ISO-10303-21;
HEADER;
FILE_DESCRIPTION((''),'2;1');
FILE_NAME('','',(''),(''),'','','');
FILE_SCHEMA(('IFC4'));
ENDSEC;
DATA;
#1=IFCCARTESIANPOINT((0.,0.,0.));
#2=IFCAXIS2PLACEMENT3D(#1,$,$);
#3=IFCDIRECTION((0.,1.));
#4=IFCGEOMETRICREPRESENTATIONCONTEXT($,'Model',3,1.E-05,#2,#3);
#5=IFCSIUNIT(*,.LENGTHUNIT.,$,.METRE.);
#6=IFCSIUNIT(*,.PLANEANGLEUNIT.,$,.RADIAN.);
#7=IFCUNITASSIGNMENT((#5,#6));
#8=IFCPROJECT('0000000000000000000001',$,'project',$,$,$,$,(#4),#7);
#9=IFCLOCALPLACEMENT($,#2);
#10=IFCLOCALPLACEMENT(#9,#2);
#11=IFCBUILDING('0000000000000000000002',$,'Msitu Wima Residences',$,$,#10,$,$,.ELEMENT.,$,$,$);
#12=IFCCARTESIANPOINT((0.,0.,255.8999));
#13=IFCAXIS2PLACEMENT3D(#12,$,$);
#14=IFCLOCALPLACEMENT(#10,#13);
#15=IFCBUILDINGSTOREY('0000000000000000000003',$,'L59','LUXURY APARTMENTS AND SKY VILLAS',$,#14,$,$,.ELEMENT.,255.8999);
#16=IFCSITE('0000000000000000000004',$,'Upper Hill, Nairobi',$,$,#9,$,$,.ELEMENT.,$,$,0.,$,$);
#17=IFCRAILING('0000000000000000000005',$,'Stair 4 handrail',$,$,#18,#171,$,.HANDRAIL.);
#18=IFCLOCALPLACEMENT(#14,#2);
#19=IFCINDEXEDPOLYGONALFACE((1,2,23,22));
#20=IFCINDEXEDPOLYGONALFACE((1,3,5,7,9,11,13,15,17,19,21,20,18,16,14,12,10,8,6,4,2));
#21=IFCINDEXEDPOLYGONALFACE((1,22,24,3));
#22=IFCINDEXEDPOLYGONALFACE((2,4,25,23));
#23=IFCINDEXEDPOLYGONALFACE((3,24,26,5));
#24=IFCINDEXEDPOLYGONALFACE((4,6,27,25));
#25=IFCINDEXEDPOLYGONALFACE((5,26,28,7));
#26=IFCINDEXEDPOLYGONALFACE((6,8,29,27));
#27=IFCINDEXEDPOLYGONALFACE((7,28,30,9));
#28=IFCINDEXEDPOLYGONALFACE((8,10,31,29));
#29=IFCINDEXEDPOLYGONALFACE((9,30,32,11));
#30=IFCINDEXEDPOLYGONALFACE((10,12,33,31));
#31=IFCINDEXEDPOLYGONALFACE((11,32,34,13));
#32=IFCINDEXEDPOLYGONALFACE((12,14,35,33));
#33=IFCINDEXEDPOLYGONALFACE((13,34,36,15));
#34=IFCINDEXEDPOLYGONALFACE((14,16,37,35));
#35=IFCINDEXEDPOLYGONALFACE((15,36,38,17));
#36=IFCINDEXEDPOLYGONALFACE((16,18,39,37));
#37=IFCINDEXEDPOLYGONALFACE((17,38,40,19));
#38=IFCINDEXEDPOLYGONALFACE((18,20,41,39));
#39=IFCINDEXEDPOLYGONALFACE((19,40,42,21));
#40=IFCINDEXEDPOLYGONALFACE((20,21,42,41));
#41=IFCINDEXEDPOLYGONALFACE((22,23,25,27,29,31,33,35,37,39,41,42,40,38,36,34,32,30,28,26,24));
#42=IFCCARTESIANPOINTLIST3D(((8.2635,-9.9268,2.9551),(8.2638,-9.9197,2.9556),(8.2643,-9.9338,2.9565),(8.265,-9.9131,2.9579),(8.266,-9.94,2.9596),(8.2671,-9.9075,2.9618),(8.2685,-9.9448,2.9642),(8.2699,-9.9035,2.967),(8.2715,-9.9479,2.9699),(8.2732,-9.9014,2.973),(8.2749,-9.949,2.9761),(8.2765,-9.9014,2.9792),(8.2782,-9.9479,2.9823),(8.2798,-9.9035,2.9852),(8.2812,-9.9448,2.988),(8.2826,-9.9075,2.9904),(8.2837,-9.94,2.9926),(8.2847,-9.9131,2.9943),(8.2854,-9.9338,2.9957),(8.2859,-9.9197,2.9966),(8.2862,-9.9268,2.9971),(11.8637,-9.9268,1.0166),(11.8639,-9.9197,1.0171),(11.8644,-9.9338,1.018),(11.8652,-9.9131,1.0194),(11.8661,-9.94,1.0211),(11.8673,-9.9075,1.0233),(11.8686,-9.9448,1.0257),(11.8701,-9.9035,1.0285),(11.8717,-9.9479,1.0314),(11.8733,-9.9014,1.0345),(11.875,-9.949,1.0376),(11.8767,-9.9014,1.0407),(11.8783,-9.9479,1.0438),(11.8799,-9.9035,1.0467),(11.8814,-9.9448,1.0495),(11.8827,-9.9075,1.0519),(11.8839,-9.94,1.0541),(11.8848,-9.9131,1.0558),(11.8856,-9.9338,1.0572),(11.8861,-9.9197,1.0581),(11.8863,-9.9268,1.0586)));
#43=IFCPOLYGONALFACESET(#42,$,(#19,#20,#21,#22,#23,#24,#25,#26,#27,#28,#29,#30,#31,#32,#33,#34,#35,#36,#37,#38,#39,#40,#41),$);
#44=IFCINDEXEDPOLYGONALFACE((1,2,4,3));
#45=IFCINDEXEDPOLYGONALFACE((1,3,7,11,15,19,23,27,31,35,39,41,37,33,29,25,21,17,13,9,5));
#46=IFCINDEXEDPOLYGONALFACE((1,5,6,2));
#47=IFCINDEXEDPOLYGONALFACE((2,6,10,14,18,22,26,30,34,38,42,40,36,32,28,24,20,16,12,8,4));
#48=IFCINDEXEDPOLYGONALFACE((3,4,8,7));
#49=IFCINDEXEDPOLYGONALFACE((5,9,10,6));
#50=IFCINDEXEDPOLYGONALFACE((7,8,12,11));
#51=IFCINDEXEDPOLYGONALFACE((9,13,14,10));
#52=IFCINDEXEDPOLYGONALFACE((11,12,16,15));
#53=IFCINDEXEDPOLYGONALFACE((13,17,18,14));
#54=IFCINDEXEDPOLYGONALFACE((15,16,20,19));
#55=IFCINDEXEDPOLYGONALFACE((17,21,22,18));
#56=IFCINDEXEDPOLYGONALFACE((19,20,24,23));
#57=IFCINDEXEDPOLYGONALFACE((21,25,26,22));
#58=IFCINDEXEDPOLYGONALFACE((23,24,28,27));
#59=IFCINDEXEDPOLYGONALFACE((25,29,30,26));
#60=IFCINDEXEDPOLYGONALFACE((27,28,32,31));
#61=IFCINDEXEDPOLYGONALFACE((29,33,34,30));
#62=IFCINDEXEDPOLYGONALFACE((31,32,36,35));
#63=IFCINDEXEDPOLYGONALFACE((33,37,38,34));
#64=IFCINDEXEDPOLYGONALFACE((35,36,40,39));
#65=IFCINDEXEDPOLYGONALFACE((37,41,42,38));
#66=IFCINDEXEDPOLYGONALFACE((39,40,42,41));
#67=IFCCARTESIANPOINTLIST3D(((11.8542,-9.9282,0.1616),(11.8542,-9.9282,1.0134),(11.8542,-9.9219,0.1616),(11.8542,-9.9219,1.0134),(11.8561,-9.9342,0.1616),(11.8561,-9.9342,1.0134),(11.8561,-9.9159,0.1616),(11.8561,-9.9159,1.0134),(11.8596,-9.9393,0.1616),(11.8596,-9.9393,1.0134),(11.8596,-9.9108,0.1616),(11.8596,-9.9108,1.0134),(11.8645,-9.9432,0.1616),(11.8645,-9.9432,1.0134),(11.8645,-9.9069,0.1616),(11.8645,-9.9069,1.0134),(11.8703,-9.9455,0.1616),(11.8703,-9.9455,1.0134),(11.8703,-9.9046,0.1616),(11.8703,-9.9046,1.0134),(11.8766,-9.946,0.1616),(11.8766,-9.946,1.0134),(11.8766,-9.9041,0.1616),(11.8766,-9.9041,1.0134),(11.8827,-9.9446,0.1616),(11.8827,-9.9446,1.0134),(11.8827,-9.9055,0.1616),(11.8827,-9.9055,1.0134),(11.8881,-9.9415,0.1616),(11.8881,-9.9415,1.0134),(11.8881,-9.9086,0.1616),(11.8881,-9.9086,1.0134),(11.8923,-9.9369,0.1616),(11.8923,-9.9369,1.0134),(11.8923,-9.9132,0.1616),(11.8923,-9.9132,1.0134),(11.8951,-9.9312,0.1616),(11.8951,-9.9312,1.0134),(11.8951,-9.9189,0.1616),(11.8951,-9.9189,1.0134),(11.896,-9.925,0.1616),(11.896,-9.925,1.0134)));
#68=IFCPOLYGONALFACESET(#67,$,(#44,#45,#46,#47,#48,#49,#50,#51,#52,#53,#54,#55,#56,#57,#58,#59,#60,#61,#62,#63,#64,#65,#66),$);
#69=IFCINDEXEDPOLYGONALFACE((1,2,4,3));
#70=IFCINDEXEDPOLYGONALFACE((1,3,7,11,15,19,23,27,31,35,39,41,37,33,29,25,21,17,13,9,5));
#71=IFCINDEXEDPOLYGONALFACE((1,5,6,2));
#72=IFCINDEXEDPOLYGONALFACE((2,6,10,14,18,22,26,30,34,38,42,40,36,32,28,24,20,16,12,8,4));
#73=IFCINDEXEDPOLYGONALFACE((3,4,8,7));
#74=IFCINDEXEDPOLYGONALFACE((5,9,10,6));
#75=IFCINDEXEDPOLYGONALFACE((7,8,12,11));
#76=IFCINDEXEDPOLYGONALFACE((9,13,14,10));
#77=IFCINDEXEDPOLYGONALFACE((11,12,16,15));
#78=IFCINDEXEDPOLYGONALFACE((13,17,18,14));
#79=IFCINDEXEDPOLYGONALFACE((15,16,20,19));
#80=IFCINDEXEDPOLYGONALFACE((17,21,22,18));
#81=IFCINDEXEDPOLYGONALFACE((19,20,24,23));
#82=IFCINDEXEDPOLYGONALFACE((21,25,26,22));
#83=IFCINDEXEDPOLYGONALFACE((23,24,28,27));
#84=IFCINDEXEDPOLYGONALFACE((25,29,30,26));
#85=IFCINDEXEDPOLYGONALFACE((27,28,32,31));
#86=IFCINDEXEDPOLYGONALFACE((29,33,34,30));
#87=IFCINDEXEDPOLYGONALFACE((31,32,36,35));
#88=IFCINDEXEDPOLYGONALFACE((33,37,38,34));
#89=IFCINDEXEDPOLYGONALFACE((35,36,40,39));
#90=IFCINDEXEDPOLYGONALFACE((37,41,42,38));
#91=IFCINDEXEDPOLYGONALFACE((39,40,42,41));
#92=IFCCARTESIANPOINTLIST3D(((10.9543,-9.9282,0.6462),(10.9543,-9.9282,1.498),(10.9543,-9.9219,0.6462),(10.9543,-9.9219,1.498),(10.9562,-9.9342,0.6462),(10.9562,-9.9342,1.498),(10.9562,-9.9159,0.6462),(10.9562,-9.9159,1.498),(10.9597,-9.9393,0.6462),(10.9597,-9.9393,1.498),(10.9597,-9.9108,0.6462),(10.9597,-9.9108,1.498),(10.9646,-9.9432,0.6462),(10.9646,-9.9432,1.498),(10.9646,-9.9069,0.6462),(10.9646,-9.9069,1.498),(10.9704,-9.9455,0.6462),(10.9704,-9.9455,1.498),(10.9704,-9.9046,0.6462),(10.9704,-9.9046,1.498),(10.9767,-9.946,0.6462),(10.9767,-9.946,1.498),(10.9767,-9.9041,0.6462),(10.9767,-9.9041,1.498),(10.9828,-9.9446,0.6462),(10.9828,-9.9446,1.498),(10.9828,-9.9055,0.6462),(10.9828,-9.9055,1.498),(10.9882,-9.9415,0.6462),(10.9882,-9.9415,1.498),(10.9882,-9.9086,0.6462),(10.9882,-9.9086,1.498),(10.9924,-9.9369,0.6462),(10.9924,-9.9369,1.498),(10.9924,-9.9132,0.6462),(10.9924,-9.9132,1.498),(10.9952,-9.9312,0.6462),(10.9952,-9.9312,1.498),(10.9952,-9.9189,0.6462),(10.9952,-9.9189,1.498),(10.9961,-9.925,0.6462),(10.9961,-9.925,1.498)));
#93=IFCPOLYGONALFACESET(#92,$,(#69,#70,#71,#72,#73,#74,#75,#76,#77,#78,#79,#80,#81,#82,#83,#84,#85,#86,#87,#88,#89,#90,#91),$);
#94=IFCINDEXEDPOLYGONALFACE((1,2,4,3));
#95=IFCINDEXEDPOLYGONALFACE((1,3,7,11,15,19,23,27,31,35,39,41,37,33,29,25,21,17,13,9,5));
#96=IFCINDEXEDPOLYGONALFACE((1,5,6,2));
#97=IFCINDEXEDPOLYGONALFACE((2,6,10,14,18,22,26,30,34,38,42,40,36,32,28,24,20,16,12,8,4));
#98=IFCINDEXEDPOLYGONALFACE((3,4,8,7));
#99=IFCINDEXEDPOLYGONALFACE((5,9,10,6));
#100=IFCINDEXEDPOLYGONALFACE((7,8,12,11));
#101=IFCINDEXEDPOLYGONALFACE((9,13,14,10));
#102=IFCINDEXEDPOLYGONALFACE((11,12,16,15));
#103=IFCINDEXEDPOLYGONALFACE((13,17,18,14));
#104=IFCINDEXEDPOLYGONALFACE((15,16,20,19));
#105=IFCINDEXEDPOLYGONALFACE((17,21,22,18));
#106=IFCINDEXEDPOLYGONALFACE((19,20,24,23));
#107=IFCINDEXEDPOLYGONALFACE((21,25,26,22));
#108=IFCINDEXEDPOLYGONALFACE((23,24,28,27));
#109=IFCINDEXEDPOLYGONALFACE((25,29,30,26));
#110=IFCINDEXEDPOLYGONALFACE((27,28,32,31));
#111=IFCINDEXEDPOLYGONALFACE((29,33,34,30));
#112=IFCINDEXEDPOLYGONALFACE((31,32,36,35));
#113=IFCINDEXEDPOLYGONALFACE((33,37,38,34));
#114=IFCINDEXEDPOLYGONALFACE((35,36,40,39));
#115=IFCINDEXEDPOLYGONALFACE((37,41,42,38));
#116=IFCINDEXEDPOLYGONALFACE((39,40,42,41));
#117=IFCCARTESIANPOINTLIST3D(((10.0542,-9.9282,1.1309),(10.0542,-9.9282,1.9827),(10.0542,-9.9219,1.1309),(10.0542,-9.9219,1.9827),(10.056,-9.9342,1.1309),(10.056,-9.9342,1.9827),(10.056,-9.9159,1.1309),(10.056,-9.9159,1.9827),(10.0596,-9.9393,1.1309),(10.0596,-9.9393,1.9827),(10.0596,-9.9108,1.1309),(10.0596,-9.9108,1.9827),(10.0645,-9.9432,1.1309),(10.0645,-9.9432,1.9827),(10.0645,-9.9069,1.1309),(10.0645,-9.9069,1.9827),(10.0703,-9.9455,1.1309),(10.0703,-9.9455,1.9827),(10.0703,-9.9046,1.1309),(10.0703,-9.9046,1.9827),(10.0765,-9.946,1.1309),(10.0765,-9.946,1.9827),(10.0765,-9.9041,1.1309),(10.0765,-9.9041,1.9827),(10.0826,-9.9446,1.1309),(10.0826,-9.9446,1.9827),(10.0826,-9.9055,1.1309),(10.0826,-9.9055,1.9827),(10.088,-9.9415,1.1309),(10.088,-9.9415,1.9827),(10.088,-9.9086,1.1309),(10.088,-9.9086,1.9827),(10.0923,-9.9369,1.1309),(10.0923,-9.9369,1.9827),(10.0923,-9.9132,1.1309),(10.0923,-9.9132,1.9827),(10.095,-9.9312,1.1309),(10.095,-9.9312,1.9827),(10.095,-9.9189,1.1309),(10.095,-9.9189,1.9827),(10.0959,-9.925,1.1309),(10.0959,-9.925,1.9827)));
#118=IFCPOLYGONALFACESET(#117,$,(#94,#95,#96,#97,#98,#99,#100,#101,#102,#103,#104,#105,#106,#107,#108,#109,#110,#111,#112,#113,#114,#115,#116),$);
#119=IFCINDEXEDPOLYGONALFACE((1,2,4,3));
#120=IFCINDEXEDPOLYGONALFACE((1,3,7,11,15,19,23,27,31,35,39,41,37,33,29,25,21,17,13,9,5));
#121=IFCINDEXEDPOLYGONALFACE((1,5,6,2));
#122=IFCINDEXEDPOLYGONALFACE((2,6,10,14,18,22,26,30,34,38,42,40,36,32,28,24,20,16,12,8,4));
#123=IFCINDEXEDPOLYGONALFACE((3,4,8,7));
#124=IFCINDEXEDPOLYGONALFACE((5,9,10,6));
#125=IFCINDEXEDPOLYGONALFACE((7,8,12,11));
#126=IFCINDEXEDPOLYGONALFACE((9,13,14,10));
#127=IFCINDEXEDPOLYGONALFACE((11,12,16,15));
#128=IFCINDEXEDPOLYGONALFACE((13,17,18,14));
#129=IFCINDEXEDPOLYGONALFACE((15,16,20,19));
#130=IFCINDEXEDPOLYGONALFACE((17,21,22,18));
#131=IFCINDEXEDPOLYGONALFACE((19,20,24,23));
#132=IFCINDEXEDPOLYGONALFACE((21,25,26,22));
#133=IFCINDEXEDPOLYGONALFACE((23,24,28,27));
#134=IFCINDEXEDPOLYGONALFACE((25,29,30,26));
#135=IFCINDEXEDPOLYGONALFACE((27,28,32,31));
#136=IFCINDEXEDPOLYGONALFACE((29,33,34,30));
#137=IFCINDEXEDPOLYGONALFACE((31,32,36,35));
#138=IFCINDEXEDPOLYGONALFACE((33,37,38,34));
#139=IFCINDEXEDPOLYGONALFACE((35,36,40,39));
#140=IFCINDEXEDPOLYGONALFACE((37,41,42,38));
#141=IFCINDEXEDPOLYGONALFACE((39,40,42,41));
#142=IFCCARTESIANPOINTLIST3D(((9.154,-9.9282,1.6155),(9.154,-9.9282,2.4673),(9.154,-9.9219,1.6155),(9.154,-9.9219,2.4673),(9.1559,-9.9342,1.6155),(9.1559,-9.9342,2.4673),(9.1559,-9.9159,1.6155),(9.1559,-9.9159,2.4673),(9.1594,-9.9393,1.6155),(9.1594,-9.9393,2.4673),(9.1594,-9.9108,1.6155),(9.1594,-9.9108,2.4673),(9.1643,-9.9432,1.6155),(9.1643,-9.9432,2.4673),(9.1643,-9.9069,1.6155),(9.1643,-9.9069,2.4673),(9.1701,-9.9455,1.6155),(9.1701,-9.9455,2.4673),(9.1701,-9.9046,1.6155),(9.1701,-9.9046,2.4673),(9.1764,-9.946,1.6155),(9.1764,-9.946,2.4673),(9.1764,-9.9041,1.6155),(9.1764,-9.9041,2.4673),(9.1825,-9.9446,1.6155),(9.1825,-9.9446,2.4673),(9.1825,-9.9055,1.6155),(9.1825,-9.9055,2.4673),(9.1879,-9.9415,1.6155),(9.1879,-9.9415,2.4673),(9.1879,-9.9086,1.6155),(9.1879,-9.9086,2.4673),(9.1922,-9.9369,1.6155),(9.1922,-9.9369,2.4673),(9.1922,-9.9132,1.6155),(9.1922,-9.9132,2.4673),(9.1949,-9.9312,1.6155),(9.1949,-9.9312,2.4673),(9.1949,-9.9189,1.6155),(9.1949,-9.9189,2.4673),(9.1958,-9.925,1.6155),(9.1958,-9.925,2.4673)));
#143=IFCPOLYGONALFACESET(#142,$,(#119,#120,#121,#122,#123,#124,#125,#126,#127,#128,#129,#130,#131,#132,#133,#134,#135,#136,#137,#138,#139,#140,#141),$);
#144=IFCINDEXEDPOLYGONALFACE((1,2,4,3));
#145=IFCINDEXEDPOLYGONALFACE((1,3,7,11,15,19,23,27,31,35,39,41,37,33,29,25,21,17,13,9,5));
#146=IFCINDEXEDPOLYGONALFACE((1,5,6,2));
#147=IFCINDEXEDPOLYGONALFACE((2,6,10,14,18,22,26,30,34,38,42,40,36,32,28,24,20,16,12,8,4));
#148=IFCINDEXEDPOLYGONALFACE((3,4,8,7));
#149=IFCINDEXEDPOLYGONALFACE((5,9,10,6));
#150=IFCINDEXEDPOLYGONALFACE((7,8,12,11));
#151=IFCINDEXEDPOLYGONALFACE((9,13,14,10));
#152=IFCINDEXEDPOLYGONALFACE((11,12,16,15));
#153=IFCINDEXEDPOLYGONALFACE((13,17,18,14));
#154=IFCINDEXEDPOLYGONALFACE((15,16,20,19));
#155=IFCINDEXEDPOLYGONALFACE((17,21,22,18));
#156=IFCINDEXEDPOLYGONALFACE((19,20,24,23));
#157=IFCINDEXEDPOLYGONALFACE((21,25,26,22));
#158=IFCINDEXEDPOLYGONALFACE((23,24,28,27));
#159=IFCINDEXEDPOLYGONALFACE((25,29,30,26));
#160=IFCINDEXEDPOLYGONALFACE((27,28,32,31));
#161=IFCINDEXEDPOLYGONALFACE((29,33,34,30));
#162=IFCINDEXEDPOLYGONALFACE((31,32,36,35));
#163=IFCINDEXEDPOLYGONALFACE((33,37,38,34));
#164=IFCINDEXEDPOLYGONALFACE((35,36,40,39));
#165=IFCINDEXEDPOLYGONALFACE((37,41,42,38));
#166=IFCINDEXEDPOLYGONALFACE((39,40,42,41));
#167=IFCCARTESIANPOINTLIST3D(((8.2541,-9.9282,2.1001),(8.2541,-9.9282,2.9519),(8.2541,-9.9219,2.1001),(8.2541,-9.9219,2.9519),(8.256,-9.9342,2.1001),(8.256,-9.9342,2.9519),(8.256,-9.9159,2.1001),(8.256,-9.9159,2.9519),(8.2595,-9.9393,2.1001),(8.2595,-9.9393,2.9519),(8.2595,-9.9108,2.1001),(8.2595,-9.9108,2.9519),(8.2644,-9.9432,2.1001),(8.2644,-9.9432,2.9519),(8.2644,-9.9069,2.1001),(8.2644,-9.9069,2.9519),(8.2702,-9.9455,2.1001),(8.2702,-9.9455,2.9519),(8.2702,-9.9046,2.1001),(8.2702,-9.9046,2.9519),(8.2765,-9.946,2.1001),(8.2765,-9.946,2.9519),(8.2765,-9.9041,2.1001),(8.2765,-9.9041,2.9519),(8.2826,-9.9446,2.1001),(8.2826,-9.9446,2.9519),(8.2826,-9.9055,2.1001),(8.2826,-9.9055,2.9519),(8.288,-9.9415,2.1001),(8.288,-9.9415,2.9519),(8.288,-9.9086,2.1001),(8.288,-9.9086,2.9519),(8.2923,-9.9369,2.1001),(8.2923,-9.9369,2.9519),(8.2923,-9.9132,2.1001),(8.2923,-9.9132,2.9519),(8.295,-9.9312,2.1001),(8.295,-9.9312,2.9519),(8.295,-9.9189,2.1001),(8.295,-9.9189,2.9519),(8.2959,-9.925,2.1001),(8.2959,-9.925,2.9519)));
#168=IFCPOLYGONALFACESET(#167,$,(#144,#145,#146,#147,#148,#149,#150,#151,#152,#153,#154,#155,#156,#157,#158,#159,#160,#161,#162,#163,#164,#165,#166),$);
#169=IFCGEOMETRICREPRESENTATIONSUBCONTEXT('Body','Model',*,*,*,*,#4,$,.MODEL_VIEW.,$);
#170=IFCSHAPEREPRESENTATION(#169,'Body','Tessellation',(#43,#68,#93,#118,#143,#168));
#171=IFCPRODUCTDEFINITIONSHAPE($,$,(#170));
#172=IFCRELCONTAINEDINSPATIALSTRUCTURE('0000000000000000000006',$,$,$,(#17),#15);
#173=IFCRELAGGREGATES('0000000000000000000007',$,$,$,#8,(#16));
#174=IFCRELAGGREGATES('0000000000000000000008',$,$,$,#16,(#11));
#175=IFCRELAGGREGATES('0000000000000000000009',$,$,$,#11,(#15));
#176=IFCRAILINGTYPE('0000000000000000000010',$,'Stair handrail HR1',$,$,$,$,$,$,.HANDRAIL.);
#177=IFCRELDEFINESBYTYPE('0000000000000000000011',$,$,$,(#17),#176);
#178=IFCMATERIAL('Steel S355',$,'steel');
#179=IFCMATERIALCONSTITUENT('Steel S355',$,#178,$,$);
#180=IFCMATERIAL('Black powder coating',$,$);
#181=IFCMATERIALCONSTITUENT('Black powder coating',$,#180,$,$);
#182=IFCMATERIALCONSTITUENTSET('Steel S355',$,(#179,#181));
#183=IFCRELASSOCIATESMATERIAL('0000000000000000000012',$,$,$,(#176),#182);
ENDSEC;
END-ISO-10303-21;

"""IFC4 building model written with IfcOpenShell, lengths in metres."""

from ifc_helpers import new_model, si_unit, direction, frame, origin, origin_2d, place, context, subcontext, project, spatial, circle, extrude, material, constituent, constituent_set, type_object, element, save


model = new_model("IFC4")

# Units and contexts
model_context = context("Model", 3, precision=1e-05, world=origin(), true_north=direction((0.0, 1.0)))
body_context = subcontext(model_context, "Body", "Model", "MODEL_VIEW")
ifc_project = project(units=[si_unit("LENGTHUNIT", "METRE"), si_unit("PLANEANGLEUNIT", "RADIAN")], contexts=[model_context])

# Site, building, storey
site_placement = place(None, origin())
site = spatial("IfcSite", under=ifc_project, at=site_placement, Name="Upper Hill, Nairobi", CompositionType="ELEMENT", RefElevation=0.0)
building_placement = place(site_placement, origin())
building = spatial("IfcBuilding", under=site, at=building_placement, Name="Msitu Wima Residences", CompositionType="ELEMENT")
storey_placement = place(building_placement, frame((0.0, 0.0, 255.8999)))
storey = spatial("IfcBuildingStorey", under=building, at=storey_placement, Name="L59", Description="LUXURY APARTMENTS AND SKY VILLAS", CompositionType="ELEMENT", Elevation=255.8999)

# Railing
ifc_material_1 = material(Name="Steel S355", Category="steel")
ifc_constituent_1 = constituent(ifc_material_1, Name="Steel S355")
ifc_material_2 = material(Name="Black powder coating")
ifc_constituent_2 = constituent(ifc_material_2, Name="Black powder coating")
ifc_constituent_set = constituent_set(constituents=[ifc_constituent_1, ifc_constituent_2], Name="Steel S355")
railing_type = type_object("IfcRailingType", Name="Stair handrail HR1", PredefinedType="HANDRAIL", material=ifc_constituent_set)
for number, where, name in (
    (1, (11.875, -9.925, 0.1616), "Stair 4 handrail"),
):
    element("IfcRailing", number, at=place(storey_placement, frame(where)), inside=storey, type_object=railing_type, Name=name, PredefinedType="HANDRAIL", context=body_context, shape_type="SweptSolid", body=[
        extrude(circle(Radius=0.0239, at=origin_2d()), frame((0.0, 0.0, 0.876), z_axis=(-0.880475, 0.0, 0.474093), x_axis=(0.0, -1.0, 0.0)), (0.0, 0.0, 1.0), 4.0889),
        extrude(circle(Radius=0.021, at=origin_2d()), origin(), (0.0, 0.0, 1.0), 0.8518),
        extrude(circle(Radius=0.021, at=origin_2d()), frame((-0.8999, 0.0, 0.4846)), (0.0, 0.0, 1.0), 0.8518),
        extrude(circle(Radius=0.021, at=origin_2d()), frame((-1.8, 0.0, 0.9692)), (0.0, 0.0, 1.0), 0.8518),
        extrude(circle(Radius=0.021, at=origin_2d()), frame((-2.7002, 0.0, 1.4539)), (0.0, 0.0, 1.0), 0.8518),
        extrude(circle(Radius=0.021, at=origin_2d()), frame((-3.6001, 0.0, 1.9385)), (0.0, 0.0, 1.0), 0.8518),
    ])

save(model, "model.ifc")
